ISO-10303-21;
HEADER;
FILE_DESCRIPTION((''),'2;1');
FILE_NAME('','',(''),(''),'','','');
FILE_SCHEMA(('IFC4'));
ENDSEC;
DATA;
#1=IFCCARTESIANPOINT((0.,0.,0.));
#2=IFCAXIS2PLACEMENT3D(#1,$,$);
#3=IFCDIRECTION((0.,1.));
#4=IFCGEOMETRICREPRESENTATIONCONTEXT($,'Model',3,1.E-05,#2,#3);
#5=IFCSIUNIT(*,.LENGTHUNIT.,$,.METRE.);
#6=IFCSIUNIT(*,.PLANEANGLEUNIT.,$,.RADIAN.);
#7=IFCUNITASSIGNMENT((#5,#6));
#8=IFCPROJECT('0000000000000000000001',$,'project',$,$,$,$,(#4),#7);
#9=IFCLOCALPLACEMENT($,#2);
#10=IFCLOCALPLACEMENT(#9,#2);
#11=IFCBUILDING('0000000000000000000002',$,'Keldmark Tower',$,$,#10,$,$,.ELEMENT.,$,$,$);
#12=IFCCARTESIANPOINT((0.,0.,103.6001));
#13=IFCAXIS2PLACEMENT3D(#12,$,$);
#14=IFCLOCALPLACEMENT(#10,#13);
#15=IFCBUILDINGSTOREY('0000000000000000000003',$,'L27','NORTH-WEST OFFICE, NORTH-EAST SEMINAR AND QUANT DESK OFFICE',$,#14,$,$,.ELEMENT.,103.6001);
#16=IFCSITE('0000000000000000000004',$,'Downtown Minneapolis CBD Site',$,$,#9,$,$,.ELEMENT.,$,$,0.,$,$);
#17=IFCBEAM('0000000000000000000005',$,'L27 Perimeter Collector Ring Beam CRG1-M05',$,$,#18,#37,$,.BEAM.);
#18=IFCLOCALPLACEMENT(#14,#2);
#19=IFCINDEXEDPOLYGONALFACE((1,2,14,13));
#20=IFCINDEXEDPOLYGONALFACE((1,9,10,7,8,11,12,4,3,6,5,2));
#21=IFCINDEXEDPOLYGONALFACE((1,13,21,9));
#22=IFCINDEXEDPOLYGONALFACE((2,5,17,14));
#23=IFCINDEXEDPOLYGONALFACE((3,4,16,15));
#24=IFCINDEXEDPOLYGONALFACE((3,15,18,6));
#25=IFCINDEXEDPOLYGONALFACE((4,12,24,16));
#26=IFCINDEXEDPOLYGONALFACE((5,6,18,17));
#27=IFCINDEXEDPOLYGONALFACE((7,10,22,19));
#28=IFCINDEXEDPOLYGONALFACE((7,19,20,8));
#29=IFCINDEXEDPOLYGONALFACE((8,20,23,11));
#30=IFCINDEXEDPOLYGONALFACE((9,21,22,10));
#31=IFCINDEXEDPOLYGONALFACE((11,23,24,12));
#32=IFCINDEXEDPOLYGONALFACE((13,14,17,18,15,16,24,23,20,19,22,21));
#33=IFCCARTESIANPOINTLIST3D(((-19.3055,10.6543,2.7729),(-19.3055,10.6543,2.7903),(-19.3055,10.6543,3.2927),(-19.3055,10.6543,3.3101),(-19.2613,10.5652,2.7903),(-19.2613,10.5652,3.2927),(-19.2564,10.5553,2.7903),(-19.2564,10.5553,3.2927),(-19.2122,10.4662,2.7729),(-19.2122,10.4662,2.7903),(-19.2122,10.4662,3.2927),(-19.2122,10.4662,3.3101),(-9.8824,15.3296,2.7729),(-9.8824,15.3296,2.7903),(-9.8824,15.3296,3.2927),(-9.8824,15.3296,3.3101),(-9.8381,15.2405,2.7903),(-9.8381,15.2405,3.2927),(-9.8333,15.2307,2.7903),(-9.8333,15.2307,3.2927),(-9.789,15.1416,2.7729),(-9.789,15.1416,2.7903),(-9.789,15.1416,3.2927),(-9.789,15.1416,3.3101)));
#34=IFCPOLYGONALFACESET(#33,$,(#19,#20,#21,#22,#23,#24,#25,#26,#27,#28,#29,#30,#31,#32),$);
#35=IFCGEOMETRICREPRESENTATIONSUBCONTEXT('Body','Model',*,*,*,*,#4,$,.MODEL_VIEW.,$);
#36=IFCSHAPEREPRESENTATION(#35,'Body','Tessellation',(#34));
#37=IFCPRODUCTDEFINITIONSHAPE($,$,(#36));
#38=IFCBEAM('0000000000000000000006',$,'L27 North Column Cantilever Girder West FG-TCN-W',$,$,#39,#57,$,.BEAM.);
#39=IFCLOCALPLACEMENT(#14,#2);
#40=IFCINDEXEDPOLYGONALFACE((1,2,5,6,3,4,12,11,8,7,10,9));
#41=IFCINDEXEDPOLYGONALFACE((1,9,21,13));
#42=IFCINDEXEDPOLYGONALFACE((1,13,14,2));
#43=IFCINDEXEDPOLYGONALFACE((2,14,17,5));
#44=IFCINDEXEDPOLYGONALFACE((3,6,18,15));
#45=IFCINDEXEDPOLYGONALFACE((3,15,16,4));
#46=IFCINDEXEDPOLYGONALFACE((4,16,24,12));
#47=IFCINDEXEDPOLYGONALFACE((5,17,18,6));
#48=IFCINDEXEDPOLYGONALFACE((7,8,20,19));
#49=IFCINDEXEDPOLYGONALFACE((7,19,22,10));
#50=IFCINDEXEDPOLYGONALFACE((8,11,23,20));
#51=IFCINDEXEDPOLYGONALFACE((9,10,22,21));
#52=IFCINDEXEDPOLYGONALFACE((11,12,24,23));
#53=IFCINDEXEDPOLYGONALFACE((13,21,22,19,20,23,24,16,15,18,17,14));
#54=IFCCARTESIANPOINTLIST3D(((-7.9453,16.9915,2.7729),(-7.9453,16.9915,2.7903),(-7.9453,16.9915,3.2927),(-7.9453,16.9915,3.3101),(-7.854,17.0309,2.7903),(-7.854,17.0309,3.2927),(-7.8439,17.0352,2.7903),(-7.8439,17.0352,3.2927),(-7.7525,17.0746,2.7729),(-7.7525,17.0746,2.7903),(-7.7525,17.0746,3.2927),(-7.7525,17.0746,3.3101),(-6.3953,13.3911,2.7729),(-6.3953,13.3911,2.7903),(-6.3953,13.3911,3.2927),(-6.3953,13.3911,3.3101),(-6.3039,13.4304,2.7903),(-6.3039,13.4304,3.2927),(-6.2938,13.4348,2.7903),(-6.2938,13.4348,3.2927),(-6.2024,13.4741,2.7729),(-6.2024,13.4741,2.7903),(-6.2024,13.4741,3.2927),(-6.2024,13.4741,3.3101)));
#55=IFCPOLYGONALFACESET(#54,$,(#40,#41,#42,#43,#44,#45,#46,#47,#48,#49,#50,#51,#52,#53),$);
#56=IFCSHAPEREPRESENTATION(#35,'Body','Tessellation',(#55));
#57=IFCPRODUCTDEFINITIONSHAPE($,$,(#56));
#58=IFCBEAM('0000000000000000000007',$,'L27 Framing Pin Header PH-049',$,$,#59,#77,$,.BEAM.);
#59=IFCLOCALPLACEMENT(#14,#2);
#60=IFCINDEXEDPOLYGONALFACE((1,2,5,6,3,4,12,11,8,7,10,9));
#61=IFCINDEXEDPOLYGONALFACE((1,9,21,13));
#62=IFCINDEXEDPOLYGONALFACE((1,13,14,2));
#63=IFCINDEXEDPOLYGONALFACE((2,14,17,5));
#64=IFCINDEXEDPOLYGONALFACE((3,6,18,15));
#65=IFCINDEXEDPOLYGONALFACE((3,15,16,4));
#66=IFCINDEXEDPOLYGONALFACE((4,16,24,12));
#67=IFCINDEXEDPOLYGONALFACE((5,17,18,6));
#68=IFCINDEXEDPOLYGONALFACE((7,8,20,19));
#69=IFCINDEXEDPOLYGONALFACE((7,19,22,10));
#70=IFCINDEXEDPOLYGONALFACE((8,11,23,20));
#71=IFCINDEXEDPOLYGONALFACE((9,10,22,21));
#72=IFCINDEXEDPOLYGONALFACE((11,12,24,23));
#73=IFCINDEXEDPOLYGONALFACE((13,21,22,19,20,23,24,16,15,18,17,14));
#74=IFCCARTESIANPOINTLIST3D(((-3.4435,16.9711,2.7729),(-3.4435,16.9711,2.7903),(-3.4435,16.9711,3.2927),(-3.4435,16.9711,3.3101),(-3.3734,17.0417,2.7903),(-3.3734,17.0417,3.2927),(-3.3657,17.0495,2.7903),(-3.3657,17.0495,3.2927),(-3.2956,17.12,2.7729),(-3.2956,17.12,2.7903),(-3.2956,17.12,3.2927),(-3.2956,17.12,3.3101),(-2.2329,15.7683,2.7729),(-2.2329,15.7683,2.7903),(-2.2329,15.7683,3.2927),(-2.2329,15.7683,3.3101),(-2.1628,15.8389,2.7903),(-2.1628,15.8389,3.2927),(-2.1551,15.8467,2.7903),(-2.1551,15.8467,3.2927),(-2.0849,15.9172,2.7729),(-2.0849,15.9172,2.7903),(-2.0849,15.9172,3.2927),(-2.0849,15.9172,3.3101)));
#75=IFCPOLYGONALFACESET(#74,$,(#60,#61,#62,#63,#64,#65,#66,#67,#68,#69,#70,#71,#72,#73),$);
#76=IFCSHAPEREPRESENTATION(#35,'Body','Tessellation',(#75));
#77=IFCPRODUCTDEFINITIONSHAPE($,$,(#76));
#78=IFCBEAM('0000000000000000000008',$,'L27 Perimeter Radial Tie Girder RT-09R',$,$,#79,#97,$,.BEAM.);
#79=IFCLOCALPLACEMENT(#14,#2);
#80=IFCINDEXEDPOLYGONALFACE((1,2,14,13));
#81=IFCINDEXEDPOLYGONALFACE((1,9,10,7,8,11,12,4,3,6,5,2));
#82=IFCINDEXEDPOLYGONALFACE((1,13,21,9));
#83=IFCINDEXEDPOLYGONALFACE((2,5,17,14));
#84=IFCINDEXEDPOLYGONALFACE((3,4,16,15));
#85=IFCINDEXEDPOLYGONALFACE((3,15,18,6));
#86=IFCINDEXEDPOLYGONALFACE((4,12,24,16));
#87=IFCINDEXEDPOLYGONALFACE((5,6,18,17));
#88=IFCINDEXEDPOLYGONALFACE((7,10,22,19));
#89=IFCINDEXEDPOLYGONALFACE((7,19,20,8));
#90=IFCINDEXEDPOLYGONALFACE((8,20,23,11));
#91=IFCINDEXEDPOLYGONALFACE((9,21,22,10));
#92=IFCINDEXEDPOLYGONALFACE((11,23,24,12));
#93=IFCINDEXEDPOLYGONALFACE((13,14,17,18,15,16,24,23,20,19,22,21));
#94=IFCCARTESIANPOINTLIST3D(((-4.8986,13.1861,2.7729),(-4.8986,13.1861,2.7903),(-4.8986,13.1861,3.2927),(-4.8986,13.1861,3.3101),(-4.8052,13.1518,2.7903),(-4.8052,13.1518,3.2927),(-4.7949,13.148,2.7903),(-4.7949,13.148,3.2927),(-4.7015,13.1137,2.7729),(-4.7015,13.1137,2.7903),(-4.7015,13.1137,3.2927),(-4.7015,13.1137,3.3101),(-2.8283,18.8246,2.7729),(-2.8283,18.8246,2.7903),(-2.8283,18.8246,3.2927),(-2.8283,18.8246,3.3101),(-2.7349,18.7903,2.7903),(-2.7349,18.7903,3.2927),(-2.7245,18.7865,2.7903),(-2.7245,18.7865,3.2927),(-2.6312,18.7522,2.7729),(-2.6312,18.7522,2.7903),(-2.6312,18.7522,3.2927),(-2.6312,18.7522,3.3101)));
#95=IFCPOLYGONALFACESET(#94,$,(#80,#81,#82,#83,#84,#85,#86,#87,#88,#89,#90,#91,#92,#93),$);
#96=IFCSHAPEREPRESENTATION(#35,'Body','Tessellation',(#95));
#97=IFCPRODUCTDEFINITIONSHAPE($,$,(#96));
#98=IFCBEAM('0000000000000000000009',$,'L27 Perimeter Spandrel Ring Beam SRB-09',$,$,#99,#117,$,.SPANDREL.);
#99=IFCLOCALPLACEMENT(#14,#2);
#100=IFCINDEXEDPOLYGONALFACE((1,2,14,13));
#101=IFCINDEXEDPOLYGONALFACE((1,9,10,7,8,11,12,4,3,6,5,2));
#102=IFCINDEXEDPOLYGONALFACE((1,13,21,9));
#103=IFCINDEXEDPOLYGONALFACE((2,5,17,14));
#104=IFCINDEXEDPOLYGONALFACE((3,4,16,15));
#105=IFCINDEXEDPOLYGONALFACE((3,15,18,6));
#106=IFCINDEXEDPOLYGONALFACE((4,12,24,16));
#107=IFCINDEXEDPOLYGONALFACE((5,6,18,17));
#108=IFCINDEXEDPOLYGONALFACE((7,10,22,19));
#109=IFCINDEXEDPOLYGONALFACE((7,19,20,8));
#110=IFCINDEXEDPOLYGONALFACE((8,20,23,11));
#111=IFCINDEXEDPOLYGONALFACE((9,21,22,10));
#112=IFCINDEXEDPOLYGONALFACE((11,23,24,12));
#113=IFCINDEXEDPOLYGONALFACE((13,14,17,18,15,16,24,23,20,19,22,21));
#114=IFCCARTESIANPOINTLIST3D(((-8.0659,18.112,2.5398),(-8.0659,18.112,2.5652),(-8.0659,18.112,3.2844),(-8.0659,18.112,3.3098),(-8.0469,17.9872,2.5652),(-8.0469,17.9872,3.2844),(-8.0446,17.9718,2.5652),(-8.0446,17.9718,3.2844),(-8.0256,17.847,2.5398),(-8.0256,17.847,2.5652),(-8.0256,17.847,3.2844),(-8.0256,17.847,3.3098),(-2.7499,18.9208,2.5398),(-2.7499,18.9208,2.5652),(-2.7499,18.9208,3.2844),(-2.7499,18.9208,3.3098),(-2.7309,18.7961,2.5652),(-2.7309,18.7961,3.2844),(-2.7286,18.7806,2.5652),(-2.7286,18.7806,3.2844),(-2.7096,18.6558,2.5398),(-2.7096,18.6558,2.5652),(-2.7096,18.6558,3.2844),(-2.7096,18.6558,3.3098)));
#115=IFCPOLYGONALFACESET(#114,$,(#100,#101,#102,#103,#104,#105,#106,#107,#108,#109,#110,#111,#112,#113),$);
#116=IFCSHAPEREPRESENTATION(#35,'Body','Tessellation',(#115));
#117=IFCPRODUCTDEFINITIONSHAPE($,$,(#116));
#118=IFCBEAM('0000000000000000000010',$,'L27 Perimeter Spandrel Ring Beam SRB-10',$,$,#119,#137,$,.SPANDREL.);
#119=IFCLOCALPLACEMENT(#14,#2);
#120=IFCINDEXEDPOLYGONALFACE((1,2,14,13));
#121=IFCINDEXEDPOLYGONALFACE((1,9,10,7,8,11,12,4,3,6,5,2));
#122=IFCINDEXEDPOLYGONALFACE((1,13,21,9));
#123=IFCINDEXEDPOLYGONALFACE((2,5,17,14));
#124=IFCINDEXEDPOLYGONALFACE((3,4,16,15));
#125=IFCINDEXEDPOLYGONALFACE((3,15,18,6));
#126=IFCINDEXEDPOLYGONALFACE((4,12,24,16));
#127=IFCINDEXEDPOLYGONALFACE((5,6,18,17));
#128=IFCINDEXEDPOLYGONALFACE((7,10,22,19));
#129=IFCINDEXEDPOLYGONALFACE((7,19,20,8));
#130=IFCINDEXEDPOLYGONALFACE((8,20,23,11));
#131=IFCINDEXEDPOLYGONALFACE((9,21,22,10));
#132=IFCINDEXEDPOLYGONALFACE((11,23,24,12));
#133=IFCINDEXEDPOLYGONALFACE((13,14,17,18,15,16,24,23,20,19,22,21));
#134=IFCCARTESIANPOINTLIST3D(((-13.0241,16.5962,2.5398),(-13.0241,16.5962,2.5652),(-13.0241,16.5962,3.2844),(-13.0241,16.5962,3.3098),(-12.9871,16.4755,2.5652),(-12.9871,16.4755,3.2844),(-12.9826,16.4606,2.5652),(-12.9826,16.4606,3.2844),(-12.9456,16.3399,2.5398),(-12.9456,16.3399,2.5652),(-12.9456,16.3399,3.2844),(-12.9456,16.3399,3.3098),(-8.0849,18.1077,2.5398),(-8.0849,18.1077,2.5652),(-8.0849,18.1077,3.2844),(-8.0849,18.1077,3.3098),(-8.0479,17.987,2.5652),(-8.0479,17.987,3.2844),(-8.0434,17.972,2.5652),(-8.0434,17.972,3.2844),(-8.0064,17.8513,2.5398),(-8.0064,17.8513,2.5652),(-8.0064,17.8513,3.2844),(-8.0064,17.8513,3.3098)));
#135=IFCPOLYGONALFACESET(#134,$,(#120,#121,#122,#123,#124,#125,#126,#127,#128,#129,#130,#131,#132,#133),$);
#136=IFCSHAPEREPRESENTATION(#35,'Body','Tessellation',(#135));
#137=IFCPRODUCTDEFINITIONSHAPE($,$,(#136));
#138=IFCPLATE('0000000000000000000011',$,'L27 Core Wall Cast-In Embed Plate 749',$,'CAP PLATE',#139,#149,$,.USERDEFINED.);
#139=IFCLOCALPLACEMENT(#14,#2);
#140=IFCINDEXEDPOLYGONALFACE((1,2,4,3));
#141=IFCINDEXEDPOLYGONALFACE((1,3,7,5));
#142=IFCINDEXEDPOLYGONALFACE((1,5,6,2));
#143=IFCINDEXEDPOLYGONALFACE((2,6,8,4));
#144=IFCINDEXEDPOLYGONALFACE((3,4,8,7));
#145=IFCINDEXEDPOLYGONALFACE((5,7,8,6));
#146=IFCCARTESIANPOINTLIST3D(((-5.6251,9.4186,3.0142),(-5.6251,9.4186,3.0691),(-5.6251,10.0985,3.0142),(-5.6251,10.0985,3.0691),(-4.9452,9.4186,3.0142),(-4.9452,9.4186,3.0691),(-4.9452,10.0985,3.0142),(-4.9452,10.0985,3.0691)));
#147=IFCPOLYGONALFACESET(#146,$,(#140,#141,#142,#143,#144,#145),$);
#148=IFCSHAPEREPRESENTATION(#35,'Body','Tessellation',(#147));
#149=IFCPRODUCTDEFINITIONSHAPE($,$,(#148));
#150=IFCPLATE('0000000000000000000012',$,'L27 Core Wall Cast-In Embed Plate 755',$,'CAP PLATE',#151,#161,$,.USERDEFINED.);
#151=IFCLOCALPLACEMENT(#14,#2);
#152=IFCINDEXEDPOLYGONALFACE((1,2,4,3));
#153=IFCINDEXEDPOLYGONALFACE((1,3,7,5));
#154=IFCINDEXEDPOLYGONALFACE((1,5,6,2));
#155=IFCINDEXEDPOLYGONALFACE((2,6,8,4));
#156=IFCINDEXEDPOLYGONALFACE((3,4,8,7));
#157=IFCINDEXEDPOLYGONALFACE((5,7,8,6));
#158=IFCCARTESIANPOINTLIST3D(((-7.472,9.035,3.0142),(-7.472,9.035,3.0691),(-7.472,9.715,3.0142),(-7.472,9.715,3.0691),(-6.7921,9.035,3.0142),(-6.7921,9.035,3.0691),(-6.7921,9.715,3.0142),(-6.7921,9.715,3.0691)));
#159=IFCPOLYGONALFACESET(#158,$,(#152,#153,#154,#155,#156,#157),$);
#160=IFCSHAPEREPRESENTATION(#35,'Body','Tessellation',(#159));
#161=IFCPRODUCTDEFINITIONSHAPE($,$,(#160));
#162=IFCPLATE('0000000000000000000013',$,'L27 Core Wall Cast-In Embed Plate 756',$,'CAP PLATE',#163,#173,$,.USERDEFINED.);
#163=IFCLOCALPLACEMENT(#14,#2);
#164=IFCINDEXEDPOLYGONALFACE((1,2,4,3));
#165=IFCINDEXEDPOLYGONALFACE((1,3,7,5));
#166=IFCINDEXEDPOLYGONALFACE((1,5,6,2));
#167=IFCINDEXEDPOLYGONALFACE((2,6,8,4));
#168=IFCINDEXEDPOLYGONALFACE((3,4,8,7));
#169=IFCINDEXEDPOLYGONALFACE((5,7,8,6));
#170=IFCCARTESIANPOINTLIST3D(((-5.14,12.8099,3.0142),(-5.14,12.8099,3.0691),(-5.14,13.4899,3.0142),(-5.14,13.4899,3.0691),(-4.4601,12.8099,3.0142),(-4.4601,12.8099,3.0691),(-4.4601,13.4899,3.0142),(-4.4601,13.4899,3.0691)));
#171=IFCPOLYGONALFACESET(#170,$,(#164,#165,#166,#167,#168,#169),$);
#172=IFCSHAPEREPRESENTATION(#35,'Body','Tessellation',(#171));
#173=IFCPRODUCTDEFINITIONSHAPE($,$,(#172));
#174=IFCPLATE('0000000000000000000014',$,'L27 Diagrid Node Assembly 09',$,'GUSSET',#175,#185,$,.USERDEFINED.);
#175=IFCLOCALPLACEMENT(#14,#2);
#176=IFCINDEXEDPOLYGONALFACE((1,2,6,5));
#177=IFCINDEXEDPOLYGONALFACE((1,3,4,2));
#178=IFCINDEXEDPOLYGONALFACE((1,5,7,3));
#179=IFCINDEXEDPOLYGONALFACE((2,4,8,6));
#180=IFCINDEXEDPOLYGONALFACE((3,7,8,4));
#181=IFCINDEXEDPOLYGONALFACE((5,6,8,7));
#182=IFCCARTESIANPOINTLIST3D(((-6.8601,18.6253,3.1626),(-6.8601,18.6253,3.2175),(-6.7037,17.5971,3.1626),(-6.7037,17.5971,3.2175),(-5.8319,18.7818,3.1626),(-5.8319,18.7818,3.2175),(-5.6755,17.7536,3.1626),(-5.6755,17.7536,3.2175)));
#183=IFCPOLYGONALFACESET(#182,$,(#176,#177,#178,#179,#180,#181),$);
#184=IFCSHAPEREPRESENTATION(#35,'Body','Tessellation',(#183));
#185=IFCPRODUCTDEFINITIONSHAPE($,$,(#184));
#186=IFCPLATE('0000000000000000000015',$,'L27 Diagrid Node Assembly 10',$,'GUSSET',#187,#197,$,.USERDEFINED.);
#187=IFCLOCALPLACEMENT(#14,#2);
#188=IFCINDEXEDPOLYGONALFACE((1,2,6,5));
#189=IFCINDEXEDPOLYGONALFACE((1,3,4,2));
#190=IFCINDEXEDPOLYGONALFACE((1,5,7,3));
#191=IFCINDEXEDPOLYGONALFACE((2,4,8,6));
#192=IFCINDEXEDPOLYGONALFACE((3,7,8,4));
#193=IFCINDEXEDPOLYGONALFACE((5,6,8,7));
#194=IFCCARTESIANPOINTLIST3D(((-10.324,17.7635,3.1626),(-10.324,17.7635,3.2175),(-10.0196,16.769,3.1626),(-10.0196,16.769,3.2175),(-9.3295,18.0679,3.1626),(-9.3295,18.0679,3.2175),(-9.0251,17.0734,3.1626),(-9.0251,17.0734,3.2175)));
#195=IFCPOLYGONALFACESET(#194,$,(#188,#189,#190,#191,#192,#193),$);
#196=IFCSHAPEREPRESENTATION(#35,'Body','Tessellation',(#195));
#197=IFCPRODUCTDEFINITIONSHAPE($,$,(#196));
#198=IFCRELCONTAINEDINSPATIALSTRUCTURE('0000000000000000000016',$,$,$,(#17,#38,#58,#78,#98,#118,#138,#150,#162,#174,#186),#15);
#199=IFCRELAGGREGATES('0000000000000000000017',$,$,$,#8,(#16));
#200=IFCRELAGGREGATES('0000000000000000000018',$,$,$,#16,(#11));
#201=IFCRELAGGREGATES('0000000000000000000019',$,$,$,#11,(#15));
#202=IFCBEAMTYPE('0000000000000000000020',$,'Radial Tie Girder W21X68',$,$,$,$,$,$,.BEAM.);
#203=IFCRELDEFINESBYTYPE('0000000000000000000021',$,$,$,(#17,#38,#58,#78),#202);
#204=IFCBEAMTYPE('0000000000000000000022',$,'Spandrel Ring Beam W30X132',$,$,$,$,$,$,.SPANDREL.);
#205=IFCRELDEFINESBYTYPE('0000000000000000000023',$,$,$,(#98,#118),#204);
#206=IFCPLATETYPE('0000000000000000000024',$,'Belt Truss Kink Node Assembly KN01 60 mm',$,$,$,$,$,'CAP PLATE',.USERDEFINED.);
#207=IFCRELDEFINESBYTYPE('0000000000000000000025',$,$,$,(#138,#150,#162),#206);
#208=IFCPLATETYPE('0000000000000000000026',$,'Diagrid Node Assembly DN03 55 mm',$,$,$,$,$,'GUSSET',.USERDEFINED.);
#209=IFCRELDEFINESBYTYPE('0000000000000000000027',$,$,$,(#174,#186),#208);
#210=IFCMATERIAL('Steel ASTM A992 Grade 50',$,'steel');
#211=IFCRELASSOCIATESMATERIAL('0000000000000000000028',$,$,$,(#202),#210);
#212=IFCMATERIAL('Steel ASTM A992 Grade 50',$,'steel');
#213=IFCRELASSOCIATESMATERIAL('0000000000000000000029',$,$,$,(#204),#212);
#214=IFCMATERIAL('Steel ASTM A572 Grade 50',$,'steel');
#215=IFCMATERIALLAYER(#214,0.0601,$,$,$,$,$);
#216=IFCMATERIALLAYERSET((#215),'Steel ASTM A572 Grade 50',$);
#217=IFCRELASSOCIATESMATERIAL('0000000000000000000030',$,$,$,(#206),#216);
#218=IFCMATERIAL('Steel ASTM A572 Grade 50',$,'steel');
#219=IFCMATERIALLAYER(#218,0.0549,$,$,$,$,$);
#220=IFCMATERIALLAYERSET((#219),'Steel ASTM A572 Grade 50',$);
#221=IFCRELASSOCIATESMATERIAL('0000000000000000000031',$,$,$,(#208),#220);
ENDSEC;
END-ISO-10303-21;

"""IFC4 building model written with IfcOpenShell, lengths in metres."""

from ifc_helpers import new_model, si_unit, direction, frame, origin, origin_2d, place, context, subcontext, project, spatial, rectangle, i_section, extrude, material, layer, layer_set, material_profile, profile_set, type_object, element, save


model = new_model("IFC4")

# Units and contexts
model_context = context("Model", 3, precision=1e-05, world=origin(), true_north=direction((0.0, 1.0)))
body_context = subcontext(model_context, "Body", "Model", "MODEL_VIEW")
ifc_project = project(units=[si_unit("LENGTHUNIT", "METRE"), si_unit("PLANEANGLEUNIT", "RADIAN")], contexts=[model_context])

# Site, building, storey
site_placement = place(None, origin())
site = spatial("IfcSite", under=ifc_project, at=site_placement, Name="Downtown Minneapolis CBD Site", CompositionType="ELEMENT", RefElevation=0.0)
building_placement = place(site_placement, origin())
building = spatial("IfcBuilding", under=site, at=building_placement, Name="Keldmark Tower", CompositionType="ELEMENT")
storey_placement = place(building_placement, frame((0.0, 0.0, 103.6001)))
storey = spatial("IfcBuildingStorey", under=building, at=storey_placement, Name="L27", Description="NORTH-WEST OFFICE, NORTH-EAST SEMINAR AND QUANT DESK OFFICE", CompositionType="ELEMENT", Elevation=103.6001)

# Beams
ifc_material_1 = material(Name="Steel ASTM A992 Grade 50", Category="steel")
ifc_material_profile_1 = material_profile(ifc_material_1, i_section(OverallWidth=0.21, OverallDepth=0.5371, WebThickness=0.011, FlangeThickness=0.0173, at=origin_2d()), Name="W21X68")
ifc_profile_set_1 = profile_set([ifc_material_profile_1], Name="Steel ASTM A992 Grade 50")
beam_type_1 = type_object("IfcBeamType", Name="Radial Tie Girder W21X68", PredefinedType="BEAM", material=ifc_profile_set_1)
beam_1_placement = place(storey_placement, frame((-9.8357, 15.2356, 3.0415), z_axis=(-0.895802, -0.444454, 0.0), x_axis=(0.444454, -0.895802, 0.0)))
element("IfcBeam", 1, at=beam_1_placement, inside=storey, type_object=beam_type_1, Name="L27 Perimeter Collector Ring Beam CRG1-M05", PredefinedType="BEAM", context=body_context, shape_type="SweptSolid", body=[
    extrude(i_section(OverallWidth=0.21, OverallDepth=0.5371, WebThickness=0.011, FlangeThickness=0.0173, at=origin_2d()), origin(), (0.0, 0.0, 1.0), 10.5193),
])
beam_2_placement = place(storey_placement, frame((-6.2988, 13.4326, 3.0415), z_axis=(-0.395437, 0.918493, 0.0), x_axis=(-0.918493, -0.395437, 0.0)))
element("IfcBeam", 2, at=beam_2_placement, inside=storey, type_object=beam_type_1, Name="L27 North Column Cantilever Girder West FG-TCN-W", PredefinedType="BEAM", context=body_context, shape_type="SweptSolid", body=[
    extrude(i_section(OverallWidth=0.21, OverallDepth=0.5371, WebThickness=0.011, FlangeThickness=0.0173, at=origin_2d()), origin(), (0.0, 0.0, 1.0), 3.9199),
])
beam_3_placement = place(storey_placement, frame((-2.1589, 15.8428, 3.0415), z_axis=(-0.709392, 0.704814, 0.0), x_axis=(-0.704814, -0.709392, 0.0)))
element("IfcBeam", 3, at=beam_3_placement, inside=storey, type_object=beam_type_1, Name="L27 Framing Pin Header PH-049", PredefinedType="BEAM", context=body_context, shape_type="SweptSolid", body=[
    extrude(i_section(OverallWidth=0.21, OverallDepth=0.5371, WebThickness=0.011, FlangeThickness=0.0173, at=origin_2d()), origin(), (0.0, 0.0, 1.0), 1.7065),
])
beam_4_placement = place(storey_placement, frame((-4.8, 13.1499, 3.0415), z_axis=(0.344679, 0.938721, 0.0), x_axis=(-0.938721, 0.344679, 0.0)))
element("IfcBeam", 4, at=beam_4_placement, inside=storey, type_object=beam_type_1, Name="L27 Perimeter Radial Tie Girder RT-09R", PredefinedType="BEAM", context=body_context, shape_type="SweptSolid", body=[
    extrude(i_section(OverallWidth=0.21, OverallDepth=0.5371, WebThickness=0.011, FlangeThickness=0.0173, at=origin_2d()), origin(), (0.0, 0.0, 1.0), 6.0066),
])
ifc_material_2 = material(Name="Steel ASTM A992 Grade 50", Category="steel")
ifc_material_profile_2 = material_profile(ifc_material_2, i_section(OverallWidth=0.2681, OverallDepth=0.77, WebThickness=0.0156, FlangeThickness=0.0254, at=origin_2d()), Name="W30X132")
ifc_profile_set_2 = profile_set([ifc_material_profile_2], Name="Steel ASTM A992 Grade 50")
beam_type_2 = type_object("IfcBeamType", Name="Spandrel Ring Beam W30X132", PredefinedType="SPANDREL", material=ifc_profile_set_2)
beam_5_placement = place(storey_placement, frame((-2.7297, 18.7883, 2.9248), z_axis=(-0.988622, -0.150423, 0.0), x_axis=(0.150423, -0.988622, 0.0)))
element("IfcBeam", 5, at=beam_5_placement, inside=storey, type_object=beam_type_2, Name="L27 Perimeter Spandrel Ring Beam SRB-09", PredefinedType="SPANDREL", context=body_context, shape_type="SweptSolid", body=[
    extrude(i_section(OverallWidth=0.2681, OverallDepth=0.77, WebThickness=0.0156, FlangeThickness=0.0254, at=origin_2d()), origin(), (0.0, 0.0, 1.0), 5.3772),
])
beam_6_placement = place(storey_placement, frame((-8.0457, 17.9795, 2.9248), z_axis=(-0.956229, -0.292621, 0.0), x_axis=(0.292621, -0.956229, 0.0)))
element("IfcBeam", 6, at=beam_6_placement, inside=storey, type_object=beam_type_2, Name="L27 Perimeter Spandrel Ring Beam SRB-10", PredefinedType="SPANDREL", context=body_context, shape_type="SweptSolid", body=[
    extrude(i_section(OverallWidth=0.2681, OverallDepth=0.77, WebThickness=0.0156, FlangeThickness=0.0254, at=origin_2d()), origin(), (0.0, 0.0, 1.0), 5.1653),
])

# Plates
ifc_material_3 = material(Name="Steel ASTM A572 Grade 50", Category="steel")
ifc_layer_1 = layer(ifc_material_3, 0.0601)
ifc_layer_set_1 = layer_set([ifc_layer_1], Name="Steel ASTM A572 Grade 50")
plate_type_1 = type_object("IfcPlateType", Name="Belt Truss Kink Node Assembly KN01 60 mm", ElementType="CAP PLATE", PredefinedType="USERDEFINED", material=ifc_layer_set_1)
for number, where, z_axis, x_axis, name in (
    (7, (-5.2852, 9.7585, 3.0142), (0.0, 0.0, 1.0), (1.0, 0.0, 0.0), "L27 Core Wall Cast-In Embed Plate 749"),
    (8, (-7.1321, 9.375, 3.0142), (0.0, 0.0, 1.0), (1.0, 0.0, 0.0), "L27 Core Wall Cast-In Embed Plate 755"),
    (9, (-4.8, 13.1499, 3.0142), (0.0, 0.0, 1.0), (1.0, 0.0, 0.0), "L27 Core Wall Cast-In Embed Plate 756"),
):
    element("IfcPlate", number, at=place(storey_placement, frame(where, z_axis=z_axis, x_axis=x_axis)), inside=storey, type_object=plate_type_1, Name=name, ObjectType="CAP PLATE", PredefinedType="USERDEFINED", context=body_context, shape_type="SweptSolid", body=[
        extrude(rectangle(XDim=0.6799, YDim=0.6799, at=origin_2d()), origin(), (0.0, 0.0, 1.0), 0.0549),
    ])
ifc_material_4 = material(Name="Steel ASTM A572 Grade 50", Category="steel")
ifc_layer_2 = layer(ifc_material_4, 0.0549)
ifc_layer_set_2 = layer_set([ifc_layer_2], Name="Steel ASTM A572 Grade 50")
plate_type_2 = type_object("IfcPlateType", Name="Diagrid Node Assembly DN03 55 mm", ElementType="GUSSET", PredefinedType="USERDEFINED", material=ifc_layer_set_2)
for number, where, z_axis, x_axis, name in (
    (10, (-6.2678, 18.1895, 3.1626), (0.0, 0.0, 1.0), (-0.988626, -0.150398, 0.0), "L27 Diagrid Node Assembly 09"),
    (11, (-9.6746, 17.4185, 3.1626), (0.0, 0.0, 1.0), (-0.956203, -0.292706, 0.0), "L27 Diagrid Node Assembly 10"),
):
    element("IfcPlate", number, at=place(storey_placement, frame(where, z_axis=z_axis, x_axis=x_axis)), inside=storey, type_object=plate_type_2, Name=name, ObjectType="GUSSET", PredefinedType="USERDEFINED", context=body_context, shape_type="SweptSolid", body=[
        extrude(rectangle(XDim=1.04, YDim=1.04, at=origin_2d()), origin(), (0.0, 0.0, 1.0), 0.0549),
    ])

save(model, "model.ifc")
